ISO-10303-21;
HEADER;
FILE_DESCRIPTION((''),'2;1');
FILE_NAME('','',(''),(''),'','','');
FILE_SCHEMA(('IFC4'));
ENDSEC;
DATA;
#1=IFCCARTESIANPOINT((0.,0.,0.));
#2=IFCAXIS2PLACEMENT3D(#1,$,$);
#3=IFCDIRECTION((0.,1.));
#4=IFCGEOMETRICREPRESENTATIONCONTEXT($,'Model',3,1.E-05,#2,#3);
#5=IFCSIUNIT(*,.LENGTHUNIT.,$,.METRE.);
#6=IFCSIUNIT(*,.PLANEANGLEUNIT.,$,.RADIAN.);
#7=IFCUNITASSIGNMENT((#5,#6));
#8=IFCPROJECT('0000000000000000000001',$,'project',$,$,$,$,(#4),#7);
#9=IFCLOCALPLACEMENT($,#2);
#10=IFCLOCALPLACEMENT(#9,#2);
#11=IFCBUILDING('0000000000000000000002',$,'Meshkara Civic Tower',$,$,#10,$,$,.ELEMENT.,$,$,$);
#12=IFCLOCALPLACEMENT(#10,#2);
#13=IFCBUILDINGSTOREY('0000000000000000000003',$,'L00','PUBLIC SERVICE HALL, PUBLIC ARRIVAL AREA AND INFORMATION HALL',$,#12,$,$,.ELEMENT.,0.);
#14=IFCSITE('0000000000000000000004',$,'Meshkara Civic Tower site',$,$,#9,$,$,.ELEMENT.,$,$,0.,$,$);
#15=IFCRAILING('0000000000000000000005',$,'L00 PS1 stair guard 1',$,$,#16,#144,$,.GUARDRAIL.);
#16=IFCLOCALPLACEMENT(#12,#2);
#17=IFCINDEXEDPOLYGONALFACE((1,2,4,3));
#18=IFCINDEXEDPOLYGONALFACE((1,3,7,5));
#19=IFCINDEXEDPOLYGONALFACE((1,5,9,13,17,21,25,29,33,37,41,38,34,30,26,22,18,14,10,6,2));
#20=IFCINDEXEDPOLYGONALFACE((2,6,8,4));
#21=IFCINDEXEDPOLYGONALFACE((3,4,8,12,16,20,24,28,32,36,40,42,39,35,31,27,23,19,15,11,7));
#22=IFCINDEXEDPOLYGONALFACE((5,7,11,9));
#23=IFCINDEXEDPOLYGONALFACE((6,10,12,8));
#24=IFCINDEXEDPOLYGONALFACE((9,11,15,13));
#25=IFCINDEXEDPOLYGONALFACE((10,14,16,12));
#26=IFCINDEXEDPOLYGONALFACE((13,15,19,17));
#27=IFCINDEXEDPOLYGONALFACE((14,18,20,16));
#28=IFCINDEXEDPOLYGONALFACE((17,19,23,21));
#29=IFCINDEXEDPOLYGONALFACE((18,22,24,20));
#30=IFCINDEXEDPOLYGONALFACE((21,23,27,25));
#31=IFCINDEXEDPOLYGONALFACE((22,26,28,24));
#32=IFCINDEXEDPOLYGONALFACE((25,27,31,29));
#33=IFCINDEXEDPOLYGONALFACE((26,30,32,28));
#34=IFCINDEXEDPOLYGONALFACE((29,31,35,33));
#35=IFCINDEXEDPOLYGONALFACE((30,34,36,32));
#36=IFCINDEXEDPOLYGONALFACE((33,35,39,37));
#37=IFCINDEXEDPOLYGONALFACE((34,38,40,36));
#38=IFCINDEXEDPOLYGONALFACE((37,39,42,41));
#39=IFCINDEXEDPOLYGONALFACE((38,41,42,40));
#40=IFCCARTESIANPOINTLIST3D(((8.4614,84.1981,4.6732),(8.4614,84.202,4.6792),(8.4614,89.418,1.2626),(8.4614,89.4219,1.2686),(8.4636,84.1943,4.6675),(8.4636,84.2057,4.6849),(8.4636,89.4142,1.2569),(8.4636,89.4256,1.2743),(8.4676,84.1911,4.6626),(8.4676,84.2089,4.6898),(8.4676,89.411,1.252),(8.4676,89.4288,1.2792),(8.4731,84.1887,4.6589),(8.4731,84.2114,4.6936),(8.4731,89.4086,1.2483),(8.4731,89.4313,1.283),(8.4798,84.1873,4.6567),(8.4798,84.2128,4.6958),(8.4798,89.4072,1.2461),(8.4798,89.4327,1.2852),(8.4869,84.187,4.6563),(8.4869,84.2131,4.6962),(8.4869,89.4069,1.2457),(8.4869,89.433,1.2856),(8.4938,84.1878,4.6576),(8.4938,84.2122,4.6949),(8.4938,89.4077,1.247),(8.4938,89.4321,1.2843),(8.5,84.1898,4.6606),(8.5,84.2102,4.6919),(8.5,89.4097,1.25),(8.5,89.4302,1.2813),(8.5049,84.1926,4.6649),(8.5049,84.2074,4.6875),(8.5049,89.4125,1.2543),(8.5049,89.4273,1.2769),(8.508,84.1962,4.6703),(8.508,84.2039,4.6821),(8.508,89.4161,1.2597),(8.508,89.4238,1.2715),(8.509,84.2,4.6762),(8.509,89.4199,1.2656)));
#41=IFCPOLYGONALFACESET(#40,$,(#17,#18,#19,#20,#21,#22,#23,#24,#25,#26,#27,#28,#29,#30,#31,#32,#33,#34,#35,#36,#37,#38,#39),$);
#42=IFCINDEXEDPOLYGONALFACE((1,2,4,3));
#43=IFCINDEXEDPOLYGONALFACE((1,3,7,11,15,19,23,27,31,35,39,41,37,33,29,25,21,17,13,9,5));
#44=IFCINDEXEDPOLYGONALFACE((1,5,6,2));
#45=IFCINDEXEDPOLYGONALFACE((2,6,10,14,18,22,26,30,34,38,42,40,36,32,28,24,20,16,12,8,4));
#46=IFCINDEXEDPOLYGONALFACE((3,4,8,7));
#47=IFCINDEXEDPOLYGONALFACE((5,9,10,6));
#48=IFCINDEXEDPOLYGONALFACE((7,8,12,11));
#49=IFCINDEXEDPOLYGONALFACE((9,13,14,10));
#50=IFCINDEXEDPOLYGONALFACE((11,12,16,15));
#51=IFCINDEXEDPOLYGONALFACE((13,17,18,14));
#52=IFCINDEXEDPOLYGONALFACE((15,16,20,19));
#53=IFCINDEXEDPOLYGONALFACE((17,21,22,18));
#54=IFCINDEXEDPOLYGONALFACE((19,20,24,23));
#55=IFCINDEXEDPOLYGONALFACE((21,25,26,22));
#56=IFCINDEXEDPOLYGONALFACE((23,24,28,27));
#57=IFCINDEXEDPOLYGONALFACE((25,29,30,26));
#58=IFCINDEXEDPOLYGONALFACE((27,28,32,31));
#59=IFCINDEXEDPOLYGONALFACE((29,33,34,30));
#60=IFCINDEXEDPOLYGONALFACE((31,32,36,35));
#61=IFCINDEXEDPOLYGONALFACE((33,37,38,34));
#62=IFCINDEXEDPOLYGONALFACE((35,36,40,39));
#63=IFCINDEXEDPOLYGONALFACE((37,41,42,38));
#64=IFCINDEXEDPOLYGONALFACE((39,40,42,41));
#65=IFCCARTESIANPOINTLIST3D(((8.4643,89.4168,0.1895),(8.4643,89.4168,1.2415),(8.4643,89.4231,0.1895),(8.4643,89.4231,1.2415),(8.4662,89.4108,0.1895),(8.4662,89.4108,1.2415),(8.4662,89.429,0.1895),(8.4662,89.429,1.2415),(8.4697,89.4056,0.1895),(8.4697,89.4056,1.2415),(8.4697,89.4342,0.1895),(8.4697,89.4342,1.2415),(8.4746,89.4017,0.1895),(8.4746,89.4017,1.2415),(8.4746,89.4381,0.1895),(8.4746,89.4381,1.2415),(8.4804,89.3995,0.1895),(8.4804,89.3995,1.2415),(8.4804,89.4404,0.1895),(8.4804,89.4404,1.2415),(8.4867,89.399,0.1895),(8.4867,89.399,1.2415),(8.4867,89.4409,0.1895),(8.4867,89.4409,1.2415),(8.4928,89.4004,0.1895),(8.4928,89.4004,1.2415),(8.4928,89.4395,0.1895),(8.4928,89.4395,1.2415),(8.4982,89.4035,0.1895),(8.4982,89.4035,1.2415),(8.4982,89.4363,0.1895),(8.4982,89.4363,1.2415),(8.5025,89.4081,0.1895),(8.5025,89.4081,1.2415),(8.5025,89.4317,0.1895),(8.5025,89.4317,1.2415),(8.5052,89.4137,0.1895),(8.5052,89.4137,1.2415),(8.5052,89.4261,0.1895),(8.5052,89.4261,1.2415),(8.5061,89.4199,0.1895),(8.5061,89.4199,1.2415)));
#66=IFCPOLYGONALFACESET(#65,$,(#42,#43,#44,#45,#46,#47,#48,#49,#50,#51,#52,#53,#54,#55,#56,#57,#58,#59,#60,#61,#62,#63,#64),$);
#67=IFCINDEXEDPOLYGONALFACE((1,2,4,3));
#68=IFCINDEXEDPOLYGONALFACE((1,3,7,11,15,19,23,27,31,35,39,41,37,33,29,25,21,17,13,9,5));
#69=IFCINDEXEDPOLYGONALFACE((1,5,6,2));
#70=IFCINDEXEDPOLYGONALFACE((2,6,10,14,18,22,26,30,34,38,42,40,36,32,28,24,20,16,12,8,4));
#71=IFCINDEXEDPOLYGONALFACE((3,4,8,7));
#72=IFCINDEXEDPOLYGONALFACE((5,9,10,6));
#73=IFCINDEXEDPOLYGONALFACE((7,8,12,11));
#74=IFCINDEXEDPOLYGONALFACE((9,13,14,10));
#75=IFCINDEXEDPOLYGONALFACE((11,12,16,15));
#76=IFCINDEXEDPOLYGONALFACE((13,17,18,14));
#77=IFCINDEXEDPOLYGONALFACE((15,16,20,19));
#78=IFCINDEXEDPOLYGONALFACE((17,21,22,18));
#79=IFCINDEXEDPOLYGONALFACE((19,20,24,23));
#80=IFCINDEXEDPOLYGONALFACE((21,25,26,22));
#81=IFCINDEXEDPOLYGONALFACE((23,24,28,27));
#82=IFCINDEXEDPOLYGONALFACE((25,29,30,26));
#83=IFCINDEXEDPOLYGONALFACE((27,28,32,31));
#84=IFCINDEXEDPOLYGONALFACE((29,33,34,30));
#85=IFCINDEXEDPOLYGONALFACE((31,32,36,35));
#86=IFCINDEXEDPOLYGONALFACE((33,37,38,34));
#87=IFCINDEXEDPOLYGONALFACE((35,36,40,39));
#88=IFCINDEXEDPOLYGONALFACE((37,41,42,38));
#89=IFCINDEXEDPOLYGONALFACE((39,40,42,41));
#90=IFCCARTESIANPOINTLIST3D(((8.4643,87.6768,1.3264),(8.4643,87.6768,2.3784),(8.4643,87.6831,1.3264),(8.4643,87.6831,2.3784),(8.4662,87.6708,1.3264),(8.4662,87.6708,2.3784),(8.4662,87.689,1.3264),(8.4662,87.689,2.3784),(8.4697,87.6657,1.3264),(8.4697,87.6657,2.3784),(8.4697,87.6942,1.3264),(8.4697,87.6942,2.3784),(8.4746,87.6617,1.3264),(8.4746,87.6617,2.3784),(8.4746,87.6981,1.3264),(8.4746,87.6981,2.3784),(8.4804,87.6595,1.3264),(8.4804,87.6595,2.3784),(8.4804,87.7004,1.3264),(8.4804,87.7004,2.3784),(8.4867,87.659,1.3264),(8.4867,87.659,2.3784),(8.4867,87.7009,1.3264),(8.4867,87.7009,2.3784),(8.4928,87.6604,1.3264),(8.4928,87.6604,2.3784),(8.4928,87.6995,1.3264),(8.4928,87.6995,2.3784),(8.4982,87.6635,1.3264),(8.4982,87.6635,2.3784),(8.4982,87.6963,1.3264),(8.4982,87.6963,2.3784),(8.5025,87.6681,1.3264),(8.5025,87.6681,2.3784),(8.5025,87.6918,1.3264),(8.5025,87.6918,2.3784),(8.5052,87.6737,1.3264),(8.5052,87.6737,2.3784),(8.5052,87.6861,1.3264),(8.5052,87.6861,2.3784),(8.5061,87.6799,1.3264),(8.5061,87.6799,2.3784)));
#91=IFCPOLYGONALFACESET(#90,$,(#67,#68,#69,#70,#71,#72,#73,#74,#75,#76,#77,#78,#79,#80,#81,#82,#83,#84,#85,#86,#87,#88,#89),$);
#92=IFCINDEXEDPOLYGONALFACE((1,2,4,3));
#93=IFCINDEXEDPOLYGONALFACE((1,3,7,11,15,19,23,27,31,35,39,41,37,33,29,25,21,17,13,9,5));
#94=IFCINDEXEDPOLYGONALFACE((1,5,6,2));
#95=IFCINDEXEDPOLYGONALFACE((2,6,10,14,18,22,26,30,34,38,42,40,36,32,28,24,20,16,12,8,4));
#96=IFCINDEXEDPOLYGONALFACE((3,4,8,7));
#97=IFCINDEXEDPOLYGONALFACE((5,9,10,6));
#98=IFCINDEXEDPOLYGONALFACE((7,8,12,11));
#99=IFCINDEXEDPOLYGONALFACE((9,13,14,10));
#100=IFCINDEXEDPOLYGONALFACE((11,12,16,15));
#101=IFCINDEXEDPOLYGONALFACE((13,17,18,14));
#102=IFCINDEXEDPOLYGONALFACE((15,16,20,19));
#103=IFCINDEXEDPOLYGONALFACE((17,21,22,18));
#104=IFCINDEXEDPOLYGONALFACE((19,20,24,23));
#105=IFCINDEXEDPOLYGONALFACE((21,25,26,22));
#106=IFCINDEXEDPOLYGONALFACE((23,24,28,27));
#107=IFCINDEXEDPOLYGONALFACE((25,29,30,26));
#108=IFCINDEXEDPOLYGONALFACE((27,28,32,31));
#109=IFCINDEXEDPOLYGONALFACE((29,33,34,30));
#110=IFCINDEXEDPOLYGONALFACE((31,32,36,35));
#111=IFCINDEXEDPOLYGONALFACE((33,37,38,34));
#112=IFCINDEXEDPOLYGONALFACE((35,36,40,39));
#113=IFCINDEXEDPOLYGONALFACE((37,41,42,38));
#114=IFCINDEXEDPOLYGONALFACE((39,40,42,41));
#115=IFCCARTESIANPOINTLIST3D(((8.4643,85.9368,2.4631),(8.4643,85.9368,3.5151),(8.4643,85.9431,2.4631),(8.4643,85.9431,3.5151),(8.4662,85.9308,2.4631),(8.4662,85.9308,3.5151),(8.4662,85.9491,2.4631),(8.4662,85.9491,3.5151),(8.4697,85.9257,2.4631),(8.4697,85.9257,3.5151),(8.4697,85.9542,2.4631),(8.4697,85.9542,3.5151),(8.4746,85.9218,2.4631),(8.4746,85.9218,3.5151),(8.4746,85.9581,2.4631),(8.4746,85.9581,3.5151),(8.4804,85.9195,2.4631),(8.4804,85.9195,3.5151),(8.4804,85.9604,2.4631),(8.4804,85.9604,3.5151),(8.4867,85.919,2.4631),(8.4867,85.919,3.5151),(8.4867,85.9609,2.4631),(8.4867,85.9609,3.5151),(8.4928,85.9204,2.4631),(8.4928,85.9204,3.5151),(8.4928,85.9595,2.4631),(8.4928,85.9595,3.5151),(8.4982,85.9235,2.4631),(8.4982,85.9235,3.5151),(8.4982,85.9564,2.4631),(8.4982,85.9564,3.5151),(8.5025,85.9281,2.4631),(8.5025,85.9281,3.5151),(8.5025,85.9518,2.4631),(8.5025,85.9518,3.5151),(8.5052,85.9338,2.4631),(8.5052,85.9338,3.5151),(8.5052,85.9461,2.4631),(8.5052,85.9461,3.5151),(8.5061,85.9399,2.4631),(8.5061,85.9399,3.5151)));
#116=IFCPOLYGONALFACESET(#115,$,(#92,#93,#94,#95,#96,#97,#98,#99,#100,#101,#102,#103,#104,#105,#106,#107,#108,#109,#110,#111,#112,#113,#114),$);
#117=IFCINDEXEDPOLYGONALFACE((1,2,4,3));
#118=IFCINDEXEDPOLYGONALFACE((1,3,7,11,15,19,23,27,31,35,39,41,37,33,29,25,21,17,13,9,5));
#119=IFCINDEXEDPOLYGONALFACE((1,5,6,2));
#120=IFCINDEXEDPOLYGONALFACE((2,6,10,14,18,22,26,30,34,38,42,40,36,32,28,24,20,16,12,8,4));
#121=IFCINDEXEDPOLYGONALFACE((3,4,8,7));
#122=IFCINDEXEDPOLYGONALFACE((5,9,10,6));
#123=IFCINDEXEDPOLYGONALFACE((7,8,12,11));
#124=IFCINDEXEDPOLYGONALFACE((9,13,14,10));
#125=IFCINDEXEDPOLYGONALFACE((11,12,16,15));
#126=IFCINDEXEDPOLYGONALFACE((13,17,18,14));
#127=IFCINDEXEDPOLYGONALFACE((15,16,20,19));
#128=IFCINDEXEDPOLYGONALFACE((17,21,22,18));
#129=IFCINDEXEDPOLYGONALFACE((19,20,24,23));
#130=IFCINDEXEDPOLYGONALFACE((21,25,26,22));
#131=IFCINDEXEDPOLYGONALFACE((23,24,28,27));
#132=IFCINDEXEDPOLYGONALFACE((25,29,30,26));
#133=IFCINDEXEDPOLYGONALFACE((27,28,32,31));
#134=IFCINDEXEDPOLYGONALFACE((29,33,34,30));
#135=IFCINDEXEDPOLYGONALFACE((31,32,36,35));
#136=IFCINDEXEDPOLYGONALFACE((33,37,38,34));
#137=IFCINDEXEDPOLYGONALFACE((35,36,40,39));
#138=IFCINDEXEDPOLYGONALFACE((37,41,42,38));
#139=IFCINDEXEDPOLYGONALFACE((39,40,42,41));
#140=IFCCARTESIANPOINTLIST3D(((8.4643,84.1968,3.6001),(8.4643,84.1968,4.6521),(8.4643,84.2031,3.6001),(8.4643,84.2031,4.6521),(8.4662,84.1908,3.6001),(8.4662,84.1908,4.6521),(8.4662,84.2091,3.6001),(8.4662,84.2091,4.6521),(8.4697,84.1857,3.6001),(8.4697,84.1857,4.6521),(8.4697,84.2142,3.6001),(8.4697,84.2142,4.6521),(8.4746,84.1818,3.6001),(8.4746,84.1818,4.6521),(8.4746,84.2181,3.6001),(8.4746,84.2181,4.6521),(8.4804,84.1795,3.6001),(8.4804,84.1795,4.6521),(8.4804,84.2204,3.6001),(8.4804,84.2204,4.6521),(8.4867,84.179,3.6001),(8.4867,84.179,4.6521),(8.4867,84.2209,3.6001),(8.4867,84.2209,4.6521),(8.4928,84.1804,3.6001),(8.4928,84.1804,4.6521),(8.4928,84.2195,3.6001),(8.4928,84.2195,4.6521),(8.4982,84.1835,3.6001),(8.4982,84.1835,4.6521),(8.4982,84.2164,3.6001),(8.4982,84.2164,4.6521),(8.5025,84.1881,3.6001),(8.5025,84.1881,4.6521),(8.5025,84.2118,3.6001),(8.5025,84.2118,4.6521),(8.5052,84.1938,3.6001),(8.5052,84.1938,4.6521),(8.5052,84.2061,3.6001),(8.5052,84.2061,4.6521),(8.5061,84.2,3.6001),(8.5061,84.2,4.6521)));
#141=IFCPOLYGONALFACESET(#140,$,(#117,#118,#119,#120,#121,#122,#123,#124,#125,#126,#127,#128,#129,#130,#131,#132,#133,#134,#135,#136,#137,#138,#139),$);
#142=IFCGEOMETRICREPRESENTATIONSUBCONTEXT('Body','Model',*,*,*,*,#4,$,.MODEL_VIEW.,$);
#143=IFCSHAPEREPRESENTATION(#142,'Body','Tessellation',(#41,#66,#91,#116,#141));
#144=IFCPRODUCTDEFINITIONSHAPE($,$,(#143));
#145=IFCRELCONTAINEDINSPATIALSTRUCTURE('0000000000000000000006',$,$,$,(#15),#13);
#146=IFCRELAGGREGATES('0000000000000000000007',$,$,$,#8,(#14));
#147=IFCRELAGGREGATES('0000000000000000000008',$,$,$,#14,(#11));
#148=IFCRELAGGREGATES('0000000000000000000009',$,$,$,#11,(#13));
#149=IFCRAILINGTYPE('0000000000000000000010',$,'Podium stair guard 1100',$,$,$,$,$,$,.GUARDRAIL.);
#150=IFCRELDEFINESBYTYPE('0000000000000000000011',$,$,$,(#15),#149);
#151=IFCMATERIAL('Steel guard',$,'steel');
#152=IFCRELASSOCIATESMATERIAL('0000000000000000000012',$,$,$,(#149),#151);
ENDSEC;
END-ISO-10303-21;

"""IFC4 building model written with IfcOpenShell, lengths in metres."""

from ifc_helpers import new_model, si_unit, direction, frame, origin, origin_2d, place, context, subcontext, project, spatial, circle, extrude, material, type_object, element, save


model = new_model("IFC4")

# Units and contexts
model_context = context("Model", 3, precision=1e-05, world=origin(), true_north=direction((0.0, 1.0)))
body_context = subcontext(model_context, "Body", "Model", "MODEL_VIEW")
ifc_project = project(units=[si_unit("LENGTHUNIT", "METRE"), si_unit("PLANEANGLEUNIT", "RADIAN")], contexts=[model_context])

# Site, building, storey
site_placement = place(None, origin())
site = spatial("IfcSite", under=ifc_project, at=site_placement, Name="Meshkara Civic Tower site", CompositionType="ELEMENT", RefElevation=0.0)
building_placement = place(site_placement, origin())
building = spatial("IfcBuilding", under=site, at=building_placement, Name="Meshkara Civic Tower", CompositionType="ELEMENT")
storey_placement = place(building_placement, origin())
storey = spatial("IfcBuildingStorey", under=building, at=storey_placement, Name="L00", Description="PUBLIC SERVICE HALL, PUBLIC ARRIVAL AREA AND INFORMATION HALL", CompositionType="ELEMENT", Elevation=0.0)

# Railing
ifc_material_1 = material(Name="Steel guard", Category="steel")
railing_type_1 = type_object("IfcRailingType", Name="Podium stair guard 1100", PredefinedType="GUARDRAIL", material=ifc_material_1)
railing_1_placement = place(storey_placement, frame((8.4851, 89.4199, 0.1895)))
element("IfcRailing", 1, at=railing_1_placement, inside=storey, type_object=railing_type_1, Name="L00 PS1 stair guard 1", PredefinedType="GUARDRAIL", context=body_context, shape_type="SweptSolid", body=[
    extrude(circle(Radius=0.0239, at=origin_2d()), frame((0.0, 0.0, 1.0762), z_axis=(0.0, -0.837147, 0.546978), x_axis=(1.0, 0.0, 0.0)), (0.0, 0.0, 1.0), 6.2354),
    extrude(circle(Radius=0.021, at=origin_2d()), origin(), (0.0, 0.0, 1.0), 1.052),
    extrude(circle(Radius=0.021, at=origin_2d()), frame((0.0, -1.74, 1.137)), (0.0, 0.0, 1.0), 1.052),
    extrude(circle(Radius=0.021, at=origin_2d()), frame((0.0, -3.48, 2.2737)), (0.0, 0.0, 1.0), 1.052),
    extrude(circle(Radius=0.021, at=origin_2d()), frame((0.0, -5.22, 3.4106)), (0.0, 0.0, 1.0), 1.052),
])

save(model, "model.ifc")
